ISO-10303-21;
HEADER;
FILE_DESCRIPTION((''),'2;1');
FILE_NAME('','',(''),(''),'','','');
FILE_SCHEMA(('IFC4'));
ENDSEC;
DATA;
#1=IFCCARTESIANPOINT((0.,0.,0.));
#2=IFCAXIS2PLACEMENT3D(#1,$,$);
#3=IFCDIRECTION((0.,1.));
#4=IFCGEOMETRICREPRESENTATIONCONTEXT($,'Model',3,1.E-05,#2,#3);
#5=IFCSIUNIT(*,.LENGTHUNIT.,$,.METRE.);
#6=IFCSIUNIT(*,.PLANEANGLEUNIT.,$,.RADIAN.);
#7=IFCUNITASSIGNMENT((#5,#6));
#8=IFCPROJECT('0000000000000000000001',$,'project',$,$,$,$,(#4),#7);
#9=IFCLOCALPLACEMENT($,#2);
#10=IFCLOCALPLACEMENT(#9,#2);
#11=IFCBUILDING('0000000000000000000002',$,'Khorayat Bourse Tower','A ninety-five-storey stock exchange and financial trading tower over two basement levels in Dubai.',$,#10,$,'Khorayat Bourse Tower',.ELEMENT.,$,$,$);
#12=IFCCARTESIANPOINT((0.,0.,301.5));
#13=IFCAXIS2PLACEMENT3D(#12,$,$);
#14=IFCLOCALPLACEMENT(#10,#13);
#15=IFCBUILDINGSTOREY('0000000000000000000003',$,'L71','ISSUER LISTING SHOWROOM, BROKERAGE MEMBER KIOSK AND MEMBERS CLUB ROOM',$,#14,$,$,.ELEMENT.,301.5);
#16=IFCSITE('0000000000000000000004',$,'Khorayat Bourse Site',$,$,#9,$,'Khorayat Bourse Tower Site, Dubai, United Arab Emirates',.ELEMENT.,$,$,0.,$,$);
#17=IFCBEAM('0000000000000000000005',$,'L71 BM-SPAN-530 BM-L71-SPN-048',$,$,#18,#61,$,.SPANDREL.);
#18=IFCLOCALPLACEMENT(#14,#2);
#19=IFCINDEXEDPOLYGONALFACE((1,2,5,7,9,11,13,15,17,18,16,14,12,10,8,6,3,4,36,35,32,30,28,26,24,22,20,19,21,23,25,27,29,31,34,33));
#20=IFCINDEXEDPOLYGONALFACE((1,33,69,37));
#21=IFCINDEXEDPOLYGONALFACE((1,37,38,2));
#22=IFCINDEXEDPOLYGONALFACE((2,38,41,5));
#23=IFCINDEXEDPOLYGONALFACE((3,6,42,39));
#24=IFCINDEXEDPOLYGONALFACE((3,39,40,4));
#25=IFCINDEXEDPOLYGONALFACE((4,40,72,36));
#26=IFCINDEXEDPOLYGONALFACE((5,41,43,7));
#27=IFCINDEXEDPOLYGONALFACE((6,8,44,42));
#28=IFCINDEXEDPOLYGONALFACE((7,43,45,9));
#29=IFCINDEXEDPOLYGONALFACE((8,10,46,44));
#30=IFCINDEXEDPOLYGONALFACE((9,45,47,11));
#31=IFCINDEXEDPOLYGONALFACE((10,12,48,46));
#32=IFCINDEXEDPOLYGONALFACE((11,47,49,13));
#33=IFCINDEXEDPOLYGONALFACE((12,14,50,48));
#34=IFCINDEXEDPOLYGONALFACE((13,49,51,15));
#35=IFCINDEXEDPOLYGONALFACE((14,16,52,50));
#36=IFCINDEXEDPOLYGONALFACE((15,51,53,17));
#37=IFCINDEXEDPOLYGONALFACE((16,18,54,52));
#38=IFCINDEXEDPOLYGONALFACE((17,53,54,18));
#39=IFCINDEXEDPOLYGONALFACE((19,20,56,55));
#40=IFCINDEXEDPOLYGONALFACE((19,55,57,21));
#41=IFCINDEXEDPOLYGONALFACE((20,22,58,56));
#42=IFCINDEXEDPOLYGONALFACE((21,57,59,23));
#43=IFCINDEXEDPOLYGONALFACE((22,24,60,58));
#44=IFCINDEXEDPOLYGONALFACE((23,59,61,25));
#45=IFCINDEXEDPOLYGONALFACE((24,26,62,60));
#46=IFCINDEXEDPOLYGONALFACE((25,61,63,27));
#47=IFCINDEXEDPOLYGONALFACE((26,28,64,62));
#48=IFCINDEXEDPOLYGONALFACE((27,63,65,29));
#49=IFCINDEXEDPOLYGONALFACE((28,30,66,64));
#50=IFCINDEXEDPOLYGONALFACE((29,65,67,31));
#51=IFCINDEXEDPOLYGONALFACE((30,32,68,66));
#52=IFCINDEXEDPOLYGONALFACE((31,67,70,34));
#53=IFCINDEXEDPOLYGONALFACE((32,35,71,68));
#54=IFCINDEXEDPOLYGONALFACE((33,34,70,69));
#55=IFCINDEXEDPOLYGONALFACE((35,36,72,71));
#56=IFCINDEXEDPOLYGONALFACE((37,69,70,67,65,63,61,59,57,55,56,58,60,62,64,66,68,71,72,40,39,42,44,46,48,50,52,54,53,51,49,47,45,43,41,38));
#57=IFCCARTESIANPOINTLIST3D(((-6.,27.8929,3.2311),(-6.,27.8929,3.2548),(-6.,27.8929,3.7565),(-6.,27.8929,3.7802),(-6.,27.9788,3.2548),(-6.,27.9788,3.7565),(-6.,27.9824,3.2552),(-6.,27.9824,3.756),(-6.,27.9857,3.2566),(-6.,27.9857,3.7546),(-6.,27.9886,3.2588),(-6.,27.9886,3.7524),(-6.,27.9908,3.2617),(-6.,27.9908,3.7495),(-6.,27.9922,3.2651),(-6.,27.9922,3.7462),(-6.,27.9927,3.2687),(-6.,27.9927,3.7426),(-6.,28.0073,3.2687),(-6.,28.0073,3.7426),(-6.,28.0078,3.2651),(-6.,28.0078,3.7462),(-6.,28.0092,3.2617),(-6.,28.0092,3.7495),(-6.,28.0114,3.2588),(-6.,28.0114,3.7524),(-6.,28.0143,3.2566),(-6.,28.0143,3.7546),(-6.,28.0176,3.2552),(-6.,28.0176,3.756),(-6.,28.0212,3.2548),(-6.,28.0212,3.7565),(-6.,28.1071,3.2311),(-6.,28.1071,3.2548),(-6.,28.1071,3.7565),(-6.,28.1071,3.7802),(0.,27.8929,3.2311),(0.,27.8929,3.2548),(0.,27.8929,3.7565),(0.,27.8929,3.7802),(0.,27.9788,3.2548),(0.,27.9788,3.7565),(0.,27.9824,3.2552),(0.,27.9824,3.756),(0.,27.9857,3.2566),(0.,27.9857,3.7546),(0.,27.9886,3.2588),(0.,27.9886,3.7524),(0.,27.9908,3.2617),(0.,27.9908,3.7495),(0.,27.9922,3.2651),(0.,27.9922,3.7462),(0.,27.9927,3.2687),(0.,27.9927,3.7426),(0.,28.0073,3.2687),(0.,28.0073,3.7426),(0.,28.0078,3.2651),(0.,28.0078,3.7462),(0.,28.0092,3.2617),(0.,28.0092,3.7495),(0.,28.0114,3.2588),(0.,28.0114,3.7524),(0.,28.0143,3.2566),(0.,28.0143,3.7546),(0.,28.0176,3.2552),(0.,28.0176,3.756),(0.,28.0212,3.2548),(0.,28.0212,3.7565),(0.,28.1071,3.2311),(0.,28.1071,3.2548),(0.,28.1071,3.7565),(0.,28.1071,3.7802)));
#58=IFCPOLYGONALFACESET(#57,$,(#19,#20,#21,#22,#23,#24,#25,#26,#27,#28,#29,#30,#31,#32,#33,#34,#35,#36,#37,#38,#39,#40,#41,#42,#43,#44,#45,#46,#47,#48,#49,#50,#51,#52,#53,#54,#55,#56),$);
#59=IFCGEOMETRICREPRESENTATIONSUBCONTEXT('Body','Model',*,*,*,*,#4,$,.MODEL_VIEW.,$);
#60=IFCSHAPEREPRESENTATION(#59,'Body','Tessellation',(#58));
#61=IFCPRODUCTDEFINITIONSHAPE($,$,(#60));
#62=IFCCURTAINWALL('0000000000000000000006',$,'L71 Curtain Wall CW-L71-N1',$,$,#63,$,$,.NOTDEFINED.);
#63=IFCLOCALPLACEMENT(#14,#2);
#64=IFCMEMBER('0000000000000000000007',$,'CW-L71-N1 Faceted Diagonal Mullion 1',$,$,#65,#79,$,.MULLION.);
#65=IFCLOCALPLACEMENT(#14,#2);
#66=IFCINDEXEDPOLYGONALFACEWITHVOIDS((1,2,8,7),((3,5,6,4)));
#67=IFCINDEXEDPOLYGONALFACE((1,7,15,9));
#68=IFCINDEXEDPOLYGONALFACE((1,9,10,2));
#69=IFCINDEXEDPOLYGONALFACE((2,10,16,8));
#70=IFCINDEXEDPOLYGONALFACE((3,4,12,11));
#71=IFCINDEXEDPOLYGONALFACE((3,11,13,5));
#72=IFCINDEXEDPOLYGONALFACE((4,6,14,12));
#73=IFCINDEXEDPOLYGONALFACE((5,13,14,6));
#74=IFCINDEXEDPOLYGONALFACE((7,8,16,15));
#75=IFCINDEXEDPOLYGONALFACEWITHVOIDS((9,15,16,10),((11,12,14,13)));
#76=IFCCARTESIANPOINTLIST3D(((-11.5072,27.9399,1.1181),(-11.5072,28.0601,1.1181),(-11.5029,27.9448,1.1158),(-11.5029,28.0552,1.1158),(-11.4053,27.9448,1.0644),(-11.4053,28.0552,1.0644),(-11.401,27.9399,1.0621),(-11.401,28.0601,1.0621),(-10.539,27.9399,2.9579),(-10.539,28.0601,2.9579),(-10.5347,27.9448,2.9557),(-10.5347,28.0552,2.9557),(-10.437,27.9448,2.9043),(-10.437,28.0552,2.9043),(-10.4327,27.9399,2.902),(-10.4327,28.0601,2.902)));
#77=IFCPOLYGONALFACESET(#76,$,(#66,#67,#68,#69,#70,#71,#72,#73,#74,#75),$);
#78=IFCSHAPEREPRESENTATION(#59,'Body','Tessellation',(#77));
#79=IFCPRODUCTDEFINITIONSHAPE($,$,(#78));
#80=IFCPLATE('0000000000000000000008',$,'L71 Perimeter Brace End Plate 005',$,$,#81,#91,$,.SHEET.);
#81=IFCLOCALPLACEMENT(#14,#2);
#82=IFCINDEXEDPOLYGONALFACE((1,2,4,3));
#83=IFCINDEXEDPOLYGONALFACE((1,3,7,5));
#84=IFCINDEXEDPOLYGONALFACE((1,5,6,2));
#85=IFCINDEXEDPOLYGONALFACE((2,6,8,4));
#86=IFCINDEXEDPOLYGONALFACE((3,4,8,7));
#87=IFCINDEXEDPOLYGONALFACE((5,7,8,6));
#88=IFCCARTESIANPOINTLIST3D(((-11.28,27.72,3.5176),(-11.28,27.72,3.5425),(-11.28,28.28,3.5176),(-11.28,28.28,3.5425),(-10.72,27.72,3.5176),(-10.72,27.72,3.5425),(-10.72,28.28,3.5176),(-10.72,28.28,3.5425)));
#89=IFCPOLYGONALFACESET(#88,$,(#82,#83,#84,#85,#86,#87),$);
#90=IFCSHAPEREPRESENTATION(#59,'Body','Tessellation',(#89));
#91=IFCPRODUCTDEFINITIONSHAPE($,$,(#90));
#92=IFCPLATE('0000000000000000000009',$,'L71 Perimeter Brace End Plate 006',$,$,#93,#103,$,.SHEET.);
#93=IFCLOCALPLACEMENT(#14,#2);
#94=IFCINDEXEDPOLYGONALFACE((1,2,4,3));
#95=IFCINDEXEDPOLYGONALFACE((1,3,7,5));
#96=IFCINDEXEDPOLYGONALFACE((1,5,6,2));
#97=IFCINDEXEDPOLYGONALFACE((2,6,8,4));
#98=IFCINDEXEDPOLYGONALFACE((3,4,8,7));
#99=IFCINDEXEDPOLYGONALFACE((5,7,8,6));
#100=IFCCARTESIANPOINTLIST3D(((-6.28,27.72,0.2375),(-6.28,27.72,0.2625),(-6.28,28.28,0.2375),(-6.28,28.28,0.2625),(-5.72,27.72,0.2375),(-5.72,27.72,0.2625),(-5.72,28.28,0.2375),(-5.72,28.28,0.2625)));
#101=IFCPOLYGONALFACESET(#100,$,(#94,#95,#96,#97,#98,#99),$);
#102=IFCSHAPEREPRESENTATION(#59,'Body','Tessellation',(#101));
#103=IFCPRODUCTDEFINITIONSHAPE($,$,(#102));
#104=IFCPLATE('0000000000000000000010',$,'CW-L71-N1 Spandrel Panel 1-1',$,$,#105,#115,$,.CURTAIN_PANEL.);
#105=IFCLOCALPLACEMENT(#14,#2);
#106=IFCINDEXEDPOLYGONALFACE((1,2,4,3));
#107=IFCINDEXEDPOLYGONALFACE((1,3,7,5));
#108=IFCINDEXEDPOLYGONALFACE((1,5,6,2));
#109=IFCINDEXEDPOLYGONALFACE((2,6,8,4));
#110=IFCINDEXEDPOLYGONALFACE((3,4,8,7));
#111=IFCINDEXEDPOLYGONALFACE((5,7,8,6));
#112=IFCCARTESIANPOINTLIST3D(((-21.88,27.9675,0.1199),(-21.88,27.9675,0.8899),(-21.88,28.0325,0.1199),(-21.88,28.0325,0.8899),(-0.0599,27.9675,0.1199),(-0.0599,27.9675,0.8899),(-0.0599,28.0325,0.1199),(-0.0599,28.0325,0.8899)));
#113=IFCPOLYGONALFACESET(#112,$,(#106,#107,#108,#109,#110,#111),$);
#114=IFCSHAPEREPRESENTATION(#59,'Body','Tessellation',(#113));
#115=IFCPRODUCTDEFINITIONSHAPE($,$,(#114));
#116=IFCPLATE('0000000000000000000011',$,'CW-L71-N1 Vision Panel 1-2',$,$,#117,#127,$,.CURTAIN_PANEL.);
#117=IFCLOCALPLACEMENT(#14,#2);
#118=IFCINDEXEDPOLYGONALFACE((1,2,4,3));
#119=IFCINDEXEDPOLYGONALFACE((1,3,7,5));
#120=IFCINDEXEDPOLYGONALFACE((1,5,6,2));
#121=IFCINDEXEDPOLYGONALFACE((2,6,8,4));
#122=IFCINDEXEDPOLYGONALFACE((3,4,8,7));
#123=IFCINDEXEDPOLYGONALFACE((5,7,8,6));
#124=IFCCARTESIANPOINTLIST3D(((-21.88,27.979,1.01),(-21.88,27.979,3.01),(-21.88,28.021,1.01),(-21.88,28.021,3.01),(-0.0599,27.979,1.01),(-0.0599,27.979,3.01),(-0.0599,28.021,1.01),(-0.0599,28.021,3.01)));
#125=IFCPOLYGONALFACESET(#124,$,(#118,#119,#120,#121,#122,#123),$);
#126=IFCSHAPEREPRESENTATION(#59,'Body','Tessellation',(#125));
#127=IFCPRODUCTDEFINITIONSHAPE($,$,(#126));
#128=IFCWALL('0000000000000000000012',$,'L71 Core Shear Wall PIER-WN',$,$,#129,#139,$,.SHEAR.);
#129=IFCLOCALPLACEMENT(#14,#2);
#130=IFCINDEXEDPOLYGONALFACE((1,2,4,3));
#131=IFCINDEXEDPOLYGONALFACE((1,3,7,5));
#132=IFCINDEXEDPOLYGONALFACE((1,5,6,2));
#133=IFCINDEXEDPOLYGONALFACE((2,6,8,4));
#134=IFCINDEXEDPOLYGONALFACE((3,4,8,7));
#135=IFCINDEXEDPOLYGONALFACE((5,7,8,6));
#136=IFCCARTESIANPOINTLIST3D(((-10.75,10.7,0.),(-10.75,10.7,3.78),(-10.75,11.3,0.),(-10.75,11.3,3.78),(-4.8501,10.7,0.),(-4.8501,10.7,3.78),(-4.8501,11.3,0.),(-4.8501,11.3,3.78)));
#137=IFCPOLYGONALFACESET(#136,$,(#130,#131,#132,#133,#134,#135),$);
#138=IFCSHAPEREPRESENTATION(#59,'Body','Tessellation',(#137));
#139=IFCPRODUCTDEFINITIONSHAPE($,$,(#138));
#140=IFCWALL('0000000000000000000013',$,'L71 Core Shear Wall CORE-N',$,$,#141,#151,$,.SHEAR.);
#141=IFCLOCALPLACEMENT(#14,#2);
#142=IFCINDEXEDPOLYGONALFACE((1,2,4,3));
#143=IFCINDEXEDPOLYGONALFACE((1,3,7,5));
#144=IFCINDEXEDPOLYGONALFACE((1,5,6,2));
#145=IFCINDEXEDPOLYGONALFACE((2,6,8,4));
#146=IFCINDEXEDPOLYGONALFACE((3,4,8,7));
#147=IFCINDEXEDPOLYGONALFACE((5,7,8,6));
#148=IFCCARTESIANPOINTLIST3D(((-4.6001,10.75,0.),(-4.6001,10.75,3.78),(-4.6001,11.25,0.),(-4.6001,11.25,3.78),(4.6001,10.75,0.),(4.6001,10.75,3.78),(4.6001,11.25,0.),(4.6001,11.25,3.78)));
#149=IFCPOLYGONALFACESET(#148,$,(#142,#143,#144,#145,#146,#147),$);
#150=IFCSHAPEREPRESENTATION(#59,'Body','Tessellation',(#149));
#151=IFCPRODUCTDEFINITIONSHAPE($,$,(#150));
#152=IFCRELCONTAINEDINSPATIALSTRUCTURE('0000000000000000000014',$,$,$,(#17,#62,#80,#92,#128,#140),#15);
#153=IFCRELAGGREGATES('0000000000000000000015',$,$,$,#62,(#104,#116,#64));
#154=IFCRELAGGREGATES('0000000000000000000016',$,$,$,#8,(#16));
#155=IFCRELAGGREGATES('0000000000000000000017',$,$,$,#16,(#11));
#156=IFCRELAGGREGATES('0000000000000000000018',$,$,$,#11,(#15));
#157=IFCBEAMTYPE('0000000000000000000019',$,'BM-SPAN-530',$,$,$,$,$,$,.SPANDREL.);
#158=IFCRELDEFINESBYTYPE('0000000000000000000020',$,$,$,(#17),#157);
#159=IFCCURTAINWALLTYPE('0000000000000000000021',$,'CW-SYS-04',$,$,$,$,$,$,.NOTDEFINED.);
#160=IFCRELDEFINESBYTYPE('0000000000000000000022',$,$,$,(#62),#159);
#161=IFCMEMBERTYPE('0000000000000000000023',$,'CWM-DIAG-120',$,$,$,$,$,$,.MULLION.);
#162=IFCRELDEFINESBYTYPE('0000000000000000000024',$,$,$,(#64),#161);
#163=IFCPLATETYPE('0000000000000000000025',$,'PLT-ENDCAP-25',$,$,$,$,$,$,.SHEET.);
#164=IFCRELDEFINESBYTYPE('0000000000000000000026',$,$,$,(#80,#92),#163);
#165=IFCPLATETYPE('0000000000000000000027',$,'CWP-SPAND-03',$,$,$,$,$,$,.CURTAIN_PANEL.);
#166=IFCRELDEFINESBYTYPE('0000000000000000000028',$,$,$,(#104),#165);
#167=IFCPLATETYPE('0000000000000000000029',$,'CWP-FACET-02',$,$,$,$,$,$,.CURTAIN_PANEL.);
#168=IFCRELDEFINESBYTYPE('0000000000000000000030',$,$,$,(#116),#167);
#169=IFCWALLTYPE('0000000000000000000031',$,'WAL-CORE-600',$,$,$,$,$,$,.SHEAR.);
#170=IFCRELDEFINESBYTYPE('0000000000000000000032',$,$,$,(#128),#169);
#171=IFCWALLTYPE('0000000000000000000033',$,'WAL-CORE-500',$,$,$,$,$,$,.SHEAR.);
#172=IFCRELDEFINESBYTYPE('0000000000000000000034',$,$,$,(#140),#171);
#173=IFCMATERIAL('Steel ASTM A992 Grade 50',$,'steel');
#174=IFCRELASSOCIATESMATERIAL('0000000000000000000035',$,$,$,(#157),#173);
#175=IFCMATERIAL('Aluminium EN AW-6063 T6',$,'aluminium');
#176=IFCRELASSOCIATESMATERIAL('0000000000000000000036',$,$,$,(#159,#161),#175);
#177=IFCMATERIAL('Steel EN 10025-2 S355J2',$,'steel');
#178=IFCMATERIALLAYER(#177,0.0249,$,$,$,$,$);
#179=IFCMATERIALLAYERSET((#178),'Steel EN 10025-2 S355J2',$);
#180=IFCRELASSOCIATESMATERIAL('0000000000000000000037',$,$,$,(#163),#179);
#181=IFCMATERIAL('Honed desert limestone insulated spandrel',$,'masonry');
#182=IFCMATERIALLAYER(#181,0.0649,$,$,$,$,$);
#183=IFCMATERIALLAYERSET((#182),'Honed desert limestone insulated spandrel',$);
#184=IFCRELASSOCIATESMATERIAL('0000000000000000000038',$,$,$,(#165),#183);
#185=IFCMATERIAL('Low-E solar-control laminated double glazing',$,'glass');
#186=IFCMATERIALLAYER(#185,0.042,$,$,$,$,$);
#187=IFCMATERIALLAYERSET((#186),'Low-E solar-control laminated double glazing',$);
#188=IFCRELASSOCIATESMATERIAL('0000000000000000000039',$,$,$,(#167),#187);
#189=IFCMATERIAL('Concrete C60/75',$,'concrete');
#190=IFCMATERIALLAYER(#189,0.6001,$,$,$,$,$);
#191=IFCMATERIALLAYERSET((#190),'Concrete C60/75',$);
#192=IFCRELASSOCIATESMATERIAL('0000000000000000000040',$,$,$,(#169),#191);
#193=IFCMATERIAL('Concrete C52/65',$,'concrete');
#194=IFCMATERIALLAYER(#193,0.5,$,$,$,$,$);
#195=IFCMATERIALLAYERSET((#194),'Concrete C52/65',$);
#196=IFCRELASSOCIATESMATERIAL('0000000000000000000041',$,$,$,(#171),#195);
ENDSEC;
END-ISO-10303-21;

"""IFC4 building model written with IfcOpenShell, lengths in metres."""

from ifc_helpers import new_model, si_unit, direction, frame, frame_2d, origin, origin_2d, place, context, subcontext, project, spatial, rectangle, hollow_rectangle, i_section, extrude, source, transform, mapped, material, layer, layer_set, material_profile, profile_set, type_object, element, aggregate, save


model = new_model("IFC4")

# Units and contexts
model_context = context("Model", 3, precision=1e-05, world=origin(), true_north=direction((0.0, 1.0)))
body_context = subcontext(model_context, "Body", "Model", "MODEL_VIEW")
ifc_project = project(units=[si_unit("LENGTHUNIT", "METRE"), si_unit("PLANEANGLEUNIT", "RADIAN")], contexts=[model_context])

# Site, building, storey
site_placement = place(None, origin())
site = spatial("IfcSite", under=ifc_project, at=site_placement, Name="Khorayat Bourse Site", LongName="Khorayat Bourse Tower Site, Dubai, United Arab Emirates", CompositionType="ELEMENT", RefElevation=0.0)
building_placement = place(site_placement, origin())
building = spatial("IfcBuilding", under=site, at=building_placement, Name="Khorayat Bourse Tower", Description="A ninety-five-storey stock exchange and financial trading tower over two basement levels in Dubai.", LongName="Khorayat Bourse Tower", CompositionType="ELEMENT")
storey_placement = place(building_placement, frame((0.0, 0.0, 301.5)))
storey = spatial("IfcBuildingStorey", under=building, at=storey_placement, Name="L71", Description="ISSUER LISTING SHOWROOM, BROKERAGE MEMBER KIOSK AND MEMBERS CLUB ROOM", CompositionType="ELEMENT", Elevation=301.5)

# Shared definitions
ifc_material_1 = material(Name="Concrete C52/65", Category="concrete")

# Shared definitions
ifc_material_2 = material(Name="Concrete C60/75", Category="concrete")

# Beam
ifc_material_3 = material(Name="Steel ASTM A992 Grade 50", Category="steel")
ifc_material_profile_1 = material_profile(ifc_material_3, i_section(OverallWidth=0.2141, OverallDepth=0.5491, WebThickness=0.0146, FlangeThickness=0.0237, FilletRadius=0.0139, at=origin_2d()), Name="W530X138")
ifc_profile_set_1 = profile_set([ifc_material_profile_1], Name="Steel ASTM A992 Grade 50")
beam_type_1 = type_object("IfcBeamType", Name="BM-SPAN-530", PredefinedType="SPANDREL", material=ifc_profile_set_1)
shared_shape_1 = source(origin(), body_context, "Body", "SweptSolid", [
    extrude(i_section(OverallWidth=0.2141, OverallDepth=0.5491, WebThickness=0.0146, FlangeThickness=0.0237, FilletRadius=0.0139, at=origin_2d()), origin(), (0.0, 0.0, 1.0), 6.0),
])
beam_1_placement = place(storey_placement, frame((-6.0, 28.0, 3.5056), z_axis=(1.0, 0.0, 0.0), x_axis=(0.0, 1.0, 0.0)))
element("IfcBeam", 1, at=beam_1_placement, inside=storey, type_object=beam_type_1, Name="L71 BM-SPAN-530 BM-L71-SPN-048", PredefinedType="SPANDREL", context=body_context, shape_type="MappedRepresentation", body=[
    mapped(shared_shape_1, transform((0.0, 0.0, 0.0), scale=1.0)),
])

# Curtain wall, member
ifc_material_4 = material(Name="Aluminium EN AW-6063 T6", Category="aluminium")
curtain_wall_type = type_object("IfcCurtainWallType", Name="CW-SYS-04", PredefinedType="NOTDEFINED", material=ifc_material_4)
curtain_wall_placement = place(storey_placement, origin())
curtain_wall = element("IfcCurtainWall", 2, at=curtain_wall_placement, inside=storey, type_object=curtain_wall_type, Name="L71 Curtain Wall CW-L71-N1", PredefinedType="NOTDEFINED")
ifc_material_profile_2 = material_profile(ifc_material_4, hollow_rectangle(XDim=0.1201, YDim=0.1201, WallThickness=0.0049, at=origin_2d()), Name="ALU 120x120x5")
ifc_profile_set_2 = profile_set([ifc_material_profile_2], Name="Aluminium EN AW-6063 T6")
member_type_1 = type_object("IfcMemberType", Name="CWM-DIAG-120", PredefinedType="MULLION", material=ifc_profile_set_2)
shared_shape_2 = source(origin(), body_context, "Body", "SweptSolid", [
    extrude(hollow_rectangle(XDim=0.1201, YDim=0.1201, WallThickness=0.0049, at=origin_2d()), origin(), (0.0, 0.0, 1.0), 2.0791),
])
member_1_placement = place(storey_placement, frame((-11.4541, 28.0, 1.0901), z_axis=(0.465717, 0.0, 0.884934), x_axis=(0.0, 1.0, 0.0)))
member_1 = element("IfcMember", 3, at=member_1_placement, type_object=member_type_1, Name="CW-L71-N1 Faceted Diagonal Mullion 1", PredefinedType="MULLION", context=body_context, shape_type="MappedRepresentation", body=[
    mapped(shared_shape_2, transform((0.0, 0.0, 0.0), scale=1.0)),
])

# Plates
ifc_material_5 = material(Name="Steel EN 10025-2 S355J2", Category="steel")
ifc_layer_1 = layer(ifc_material_5, 0.0249)
ifc_layer_set_1 = layer_set([ifc_layer_1], Name="Steel EN 10025-2 S355J2")
plate_type_1 = type_object("IfcPlateType", Name="PLT-ENDCAP-25", PredefinedType="SHEET", material=ifc_layer_set_1)
shared_shape_3 = source(origin(), body_context, "Body", "SweptSolid", [
    extrude(rectangle(XDim=0.5601, YDim=0.5601, at=origin_2d()), origin(), (0.0, 0.0, 1.0), 0.0249),
])
for number, where, z_axis, x_axis, name in (
    (4, (-11.0, 28.0, 3.5176), (0.0, 0.0, 1.0), (1.0, 0.0, 0.0), "L71 Perimeter Brace End Plate 005"),
    (5, (-6.0, 28.0, 0.2375), (0.0, 0.0, 1.0), (1.0, 0.0, 0.0), "L71 Perimeter Brace End Plate 006"),
):
    element("IfcPlate", number, at=place(storey_placement, frame(where, z_axis=z_axis, x_axis=x_axis)), inside=storey, type_object=plate_type_1, Name=name, PredefinedType="SHEET", context=body_context, shape_type="MappedRepresentation", body=[
        mapped(shared_shape_3, transform((0.0, 0.0, 0.0), scale=1.0)),
    ])

# Plates
ifc_material_6 = material(Name="Honed desert limestone insulated spandrel", Category="masonry")
ifc_layer_2 = layer(ifc_material_6, 0.0649)
ifc_layer_set_2 = layer_set([ifc_layer_2], Name="Honed desert limestone insulated spandrel")
plate_type_2 = type_object("IfcPlateType", Name="CWP-SPAND-03", PredefinedType="CURTAIN_PANEL", material=ifc_layer_set_2)
shared_shape_4 = source(origin(), body_context, "Body", "SweptSolid", [
    extrude(rectangle(XDim=21.8201, YDim=0.0649, at=origin_2d()), origin(), (0.0, 0.0, 1.0), 0.77),
])
plate_1_placement = place(storey_placement, frame((-10.97, 28.0, 0.1199), z_axis=(0.0, 0.0, 1.0), x_axis=(1.0, 0.0, 0.0)))
plate_1 = element("IfcPlate", 6, at=plate_1_placement, type_object=plate_type_2, Name="CW-L71-N1 Spandrel Panel 1-1", PredefinedType="CURTAIN_PANEL", context=body_context, shape_type="MappedRepresentation", body=[
    mapped(shared_shape_4, transform((0.0, 0.0, 0.0), scale=1.0)),
])
ifc_material_7 = material(Name="Low-E solar-control laminated double glazing", Category="glass")
ifc_layer_3 = layer(ifc_material_7, 0.042)
ifc_layer_set_3 = layer_set([ifc_layer_3], Name="Low-E solar-control laminated double glazing")
plate_type_3 = type_object("IfcPlateType", Name="CWP-FACET-02", PredefinedType="CURTAIN_PANEL", material=ifc_layer_set_3)
shared_shape_5 = source(origin(), body_context, "Body", "SweptSolid", [
    extrude(rectangle(XDim=21.8201, YDim=0.042, at=origin_2d()), origin(), (0.0, 0.0, 1.0), 2.0),
])
plate_2_placement = place(storey_placement, frame((-10.97, 28.0, 1.01), z_axis=(0.0, 0.0, 1.0), x_axis=(1.0, 0.0, 0.0)))
plate_2 = element("IfcPlate", 7, at=plate_2_placement, type_object=plate_type_3, Name="CW-L71-N1 Vision Panel 1-2", PredefinedType="CURTAIN_PANEL", context=body_context, shape_type="MappedRepresentation", body=[
    mapped(shared_shape_5, transform((0.0, 0.0, 0.0), scale=1.0)),
])
aggregate(curtain_wall, [plate_1, plate_2, member_1])

# Walls
ifc_layer_4 = layer(ifc_material_2, 0.6001)
ifc_layer_set_4 = layer_set([ifc_layer_4], Name="Concrete C60/75")
wall_type_1 = type_object("IfcWallType", Name="WAL-CORE-600", PredefinedType="SHEAR", material=ifc_layer_set_4)
shared_shape_6 = source(origin(), body_context, "Body", "SweptSolid", [
    extrude(rectangle(XDim=5.8999, YDim=0.6001, at=frame_2d((2.95, 0.0))), origin(), (0.0, 0.0, 1.0), 3.78),
])
wall_1_placement = place(storey_placement, frame((-10.75, 11.0, 0.0), z_axis=(0.0, 0.0, 1.0), x_axis=(1.0, 0.0, 0.0)))
element("IfcWall", 8, at=wall_1_placement, inside=storey, type_object=wall_type_1, Name="L71 Core Shear Wall PIER-WN", PredefinedType="SHEAR", context=body_context, shape_type="MappedRepresentation", body=[
    mapped(shared_shape_6, transform((0.0, 0.0, 0.0), scale=1.0)),
])
ifc_layer_5 = layer(ifc_material_1, 0.5)
ifc_layer_set_5 = layer_set([ifc_layer_5], Name="Concrete C52/65")
wall_type_2 = type_object("IfcWallType", Name="WAL-CORE-500", PredefinedType="SHEAR", material=ifc_layer_set_5)
shared_shape_7 = source(origin(), body_context, "Body", "SweptSolid", [
    extrude(rectangle(XDim=9.2002, YDim=0.5, at=frame_2d((4.6001, 0.0))), origin(), (0.0, 0.0, 1.0), 3.78),
])
wall_2_placement = place(storey_placement, frame((-4.6001, 11.0, 0.0), z_axis=(0.0, 0.0, 1.0), x_axis=(1.0, 0.0, 0.0)))
element("IfcWall", 9, at=wall_2_placement, inside=storey, type_object=wall_type_2, Name="L71 Core Shear Wall CORE-N", PredefinedType="SHEAR", context=body_context, shape_type="MappedRepresentation", body=[
    mapped(shared_shape_7, transform((0.0, 0.0, 0.0), scale=1.0)),
])

save(model, "model.ifc")
